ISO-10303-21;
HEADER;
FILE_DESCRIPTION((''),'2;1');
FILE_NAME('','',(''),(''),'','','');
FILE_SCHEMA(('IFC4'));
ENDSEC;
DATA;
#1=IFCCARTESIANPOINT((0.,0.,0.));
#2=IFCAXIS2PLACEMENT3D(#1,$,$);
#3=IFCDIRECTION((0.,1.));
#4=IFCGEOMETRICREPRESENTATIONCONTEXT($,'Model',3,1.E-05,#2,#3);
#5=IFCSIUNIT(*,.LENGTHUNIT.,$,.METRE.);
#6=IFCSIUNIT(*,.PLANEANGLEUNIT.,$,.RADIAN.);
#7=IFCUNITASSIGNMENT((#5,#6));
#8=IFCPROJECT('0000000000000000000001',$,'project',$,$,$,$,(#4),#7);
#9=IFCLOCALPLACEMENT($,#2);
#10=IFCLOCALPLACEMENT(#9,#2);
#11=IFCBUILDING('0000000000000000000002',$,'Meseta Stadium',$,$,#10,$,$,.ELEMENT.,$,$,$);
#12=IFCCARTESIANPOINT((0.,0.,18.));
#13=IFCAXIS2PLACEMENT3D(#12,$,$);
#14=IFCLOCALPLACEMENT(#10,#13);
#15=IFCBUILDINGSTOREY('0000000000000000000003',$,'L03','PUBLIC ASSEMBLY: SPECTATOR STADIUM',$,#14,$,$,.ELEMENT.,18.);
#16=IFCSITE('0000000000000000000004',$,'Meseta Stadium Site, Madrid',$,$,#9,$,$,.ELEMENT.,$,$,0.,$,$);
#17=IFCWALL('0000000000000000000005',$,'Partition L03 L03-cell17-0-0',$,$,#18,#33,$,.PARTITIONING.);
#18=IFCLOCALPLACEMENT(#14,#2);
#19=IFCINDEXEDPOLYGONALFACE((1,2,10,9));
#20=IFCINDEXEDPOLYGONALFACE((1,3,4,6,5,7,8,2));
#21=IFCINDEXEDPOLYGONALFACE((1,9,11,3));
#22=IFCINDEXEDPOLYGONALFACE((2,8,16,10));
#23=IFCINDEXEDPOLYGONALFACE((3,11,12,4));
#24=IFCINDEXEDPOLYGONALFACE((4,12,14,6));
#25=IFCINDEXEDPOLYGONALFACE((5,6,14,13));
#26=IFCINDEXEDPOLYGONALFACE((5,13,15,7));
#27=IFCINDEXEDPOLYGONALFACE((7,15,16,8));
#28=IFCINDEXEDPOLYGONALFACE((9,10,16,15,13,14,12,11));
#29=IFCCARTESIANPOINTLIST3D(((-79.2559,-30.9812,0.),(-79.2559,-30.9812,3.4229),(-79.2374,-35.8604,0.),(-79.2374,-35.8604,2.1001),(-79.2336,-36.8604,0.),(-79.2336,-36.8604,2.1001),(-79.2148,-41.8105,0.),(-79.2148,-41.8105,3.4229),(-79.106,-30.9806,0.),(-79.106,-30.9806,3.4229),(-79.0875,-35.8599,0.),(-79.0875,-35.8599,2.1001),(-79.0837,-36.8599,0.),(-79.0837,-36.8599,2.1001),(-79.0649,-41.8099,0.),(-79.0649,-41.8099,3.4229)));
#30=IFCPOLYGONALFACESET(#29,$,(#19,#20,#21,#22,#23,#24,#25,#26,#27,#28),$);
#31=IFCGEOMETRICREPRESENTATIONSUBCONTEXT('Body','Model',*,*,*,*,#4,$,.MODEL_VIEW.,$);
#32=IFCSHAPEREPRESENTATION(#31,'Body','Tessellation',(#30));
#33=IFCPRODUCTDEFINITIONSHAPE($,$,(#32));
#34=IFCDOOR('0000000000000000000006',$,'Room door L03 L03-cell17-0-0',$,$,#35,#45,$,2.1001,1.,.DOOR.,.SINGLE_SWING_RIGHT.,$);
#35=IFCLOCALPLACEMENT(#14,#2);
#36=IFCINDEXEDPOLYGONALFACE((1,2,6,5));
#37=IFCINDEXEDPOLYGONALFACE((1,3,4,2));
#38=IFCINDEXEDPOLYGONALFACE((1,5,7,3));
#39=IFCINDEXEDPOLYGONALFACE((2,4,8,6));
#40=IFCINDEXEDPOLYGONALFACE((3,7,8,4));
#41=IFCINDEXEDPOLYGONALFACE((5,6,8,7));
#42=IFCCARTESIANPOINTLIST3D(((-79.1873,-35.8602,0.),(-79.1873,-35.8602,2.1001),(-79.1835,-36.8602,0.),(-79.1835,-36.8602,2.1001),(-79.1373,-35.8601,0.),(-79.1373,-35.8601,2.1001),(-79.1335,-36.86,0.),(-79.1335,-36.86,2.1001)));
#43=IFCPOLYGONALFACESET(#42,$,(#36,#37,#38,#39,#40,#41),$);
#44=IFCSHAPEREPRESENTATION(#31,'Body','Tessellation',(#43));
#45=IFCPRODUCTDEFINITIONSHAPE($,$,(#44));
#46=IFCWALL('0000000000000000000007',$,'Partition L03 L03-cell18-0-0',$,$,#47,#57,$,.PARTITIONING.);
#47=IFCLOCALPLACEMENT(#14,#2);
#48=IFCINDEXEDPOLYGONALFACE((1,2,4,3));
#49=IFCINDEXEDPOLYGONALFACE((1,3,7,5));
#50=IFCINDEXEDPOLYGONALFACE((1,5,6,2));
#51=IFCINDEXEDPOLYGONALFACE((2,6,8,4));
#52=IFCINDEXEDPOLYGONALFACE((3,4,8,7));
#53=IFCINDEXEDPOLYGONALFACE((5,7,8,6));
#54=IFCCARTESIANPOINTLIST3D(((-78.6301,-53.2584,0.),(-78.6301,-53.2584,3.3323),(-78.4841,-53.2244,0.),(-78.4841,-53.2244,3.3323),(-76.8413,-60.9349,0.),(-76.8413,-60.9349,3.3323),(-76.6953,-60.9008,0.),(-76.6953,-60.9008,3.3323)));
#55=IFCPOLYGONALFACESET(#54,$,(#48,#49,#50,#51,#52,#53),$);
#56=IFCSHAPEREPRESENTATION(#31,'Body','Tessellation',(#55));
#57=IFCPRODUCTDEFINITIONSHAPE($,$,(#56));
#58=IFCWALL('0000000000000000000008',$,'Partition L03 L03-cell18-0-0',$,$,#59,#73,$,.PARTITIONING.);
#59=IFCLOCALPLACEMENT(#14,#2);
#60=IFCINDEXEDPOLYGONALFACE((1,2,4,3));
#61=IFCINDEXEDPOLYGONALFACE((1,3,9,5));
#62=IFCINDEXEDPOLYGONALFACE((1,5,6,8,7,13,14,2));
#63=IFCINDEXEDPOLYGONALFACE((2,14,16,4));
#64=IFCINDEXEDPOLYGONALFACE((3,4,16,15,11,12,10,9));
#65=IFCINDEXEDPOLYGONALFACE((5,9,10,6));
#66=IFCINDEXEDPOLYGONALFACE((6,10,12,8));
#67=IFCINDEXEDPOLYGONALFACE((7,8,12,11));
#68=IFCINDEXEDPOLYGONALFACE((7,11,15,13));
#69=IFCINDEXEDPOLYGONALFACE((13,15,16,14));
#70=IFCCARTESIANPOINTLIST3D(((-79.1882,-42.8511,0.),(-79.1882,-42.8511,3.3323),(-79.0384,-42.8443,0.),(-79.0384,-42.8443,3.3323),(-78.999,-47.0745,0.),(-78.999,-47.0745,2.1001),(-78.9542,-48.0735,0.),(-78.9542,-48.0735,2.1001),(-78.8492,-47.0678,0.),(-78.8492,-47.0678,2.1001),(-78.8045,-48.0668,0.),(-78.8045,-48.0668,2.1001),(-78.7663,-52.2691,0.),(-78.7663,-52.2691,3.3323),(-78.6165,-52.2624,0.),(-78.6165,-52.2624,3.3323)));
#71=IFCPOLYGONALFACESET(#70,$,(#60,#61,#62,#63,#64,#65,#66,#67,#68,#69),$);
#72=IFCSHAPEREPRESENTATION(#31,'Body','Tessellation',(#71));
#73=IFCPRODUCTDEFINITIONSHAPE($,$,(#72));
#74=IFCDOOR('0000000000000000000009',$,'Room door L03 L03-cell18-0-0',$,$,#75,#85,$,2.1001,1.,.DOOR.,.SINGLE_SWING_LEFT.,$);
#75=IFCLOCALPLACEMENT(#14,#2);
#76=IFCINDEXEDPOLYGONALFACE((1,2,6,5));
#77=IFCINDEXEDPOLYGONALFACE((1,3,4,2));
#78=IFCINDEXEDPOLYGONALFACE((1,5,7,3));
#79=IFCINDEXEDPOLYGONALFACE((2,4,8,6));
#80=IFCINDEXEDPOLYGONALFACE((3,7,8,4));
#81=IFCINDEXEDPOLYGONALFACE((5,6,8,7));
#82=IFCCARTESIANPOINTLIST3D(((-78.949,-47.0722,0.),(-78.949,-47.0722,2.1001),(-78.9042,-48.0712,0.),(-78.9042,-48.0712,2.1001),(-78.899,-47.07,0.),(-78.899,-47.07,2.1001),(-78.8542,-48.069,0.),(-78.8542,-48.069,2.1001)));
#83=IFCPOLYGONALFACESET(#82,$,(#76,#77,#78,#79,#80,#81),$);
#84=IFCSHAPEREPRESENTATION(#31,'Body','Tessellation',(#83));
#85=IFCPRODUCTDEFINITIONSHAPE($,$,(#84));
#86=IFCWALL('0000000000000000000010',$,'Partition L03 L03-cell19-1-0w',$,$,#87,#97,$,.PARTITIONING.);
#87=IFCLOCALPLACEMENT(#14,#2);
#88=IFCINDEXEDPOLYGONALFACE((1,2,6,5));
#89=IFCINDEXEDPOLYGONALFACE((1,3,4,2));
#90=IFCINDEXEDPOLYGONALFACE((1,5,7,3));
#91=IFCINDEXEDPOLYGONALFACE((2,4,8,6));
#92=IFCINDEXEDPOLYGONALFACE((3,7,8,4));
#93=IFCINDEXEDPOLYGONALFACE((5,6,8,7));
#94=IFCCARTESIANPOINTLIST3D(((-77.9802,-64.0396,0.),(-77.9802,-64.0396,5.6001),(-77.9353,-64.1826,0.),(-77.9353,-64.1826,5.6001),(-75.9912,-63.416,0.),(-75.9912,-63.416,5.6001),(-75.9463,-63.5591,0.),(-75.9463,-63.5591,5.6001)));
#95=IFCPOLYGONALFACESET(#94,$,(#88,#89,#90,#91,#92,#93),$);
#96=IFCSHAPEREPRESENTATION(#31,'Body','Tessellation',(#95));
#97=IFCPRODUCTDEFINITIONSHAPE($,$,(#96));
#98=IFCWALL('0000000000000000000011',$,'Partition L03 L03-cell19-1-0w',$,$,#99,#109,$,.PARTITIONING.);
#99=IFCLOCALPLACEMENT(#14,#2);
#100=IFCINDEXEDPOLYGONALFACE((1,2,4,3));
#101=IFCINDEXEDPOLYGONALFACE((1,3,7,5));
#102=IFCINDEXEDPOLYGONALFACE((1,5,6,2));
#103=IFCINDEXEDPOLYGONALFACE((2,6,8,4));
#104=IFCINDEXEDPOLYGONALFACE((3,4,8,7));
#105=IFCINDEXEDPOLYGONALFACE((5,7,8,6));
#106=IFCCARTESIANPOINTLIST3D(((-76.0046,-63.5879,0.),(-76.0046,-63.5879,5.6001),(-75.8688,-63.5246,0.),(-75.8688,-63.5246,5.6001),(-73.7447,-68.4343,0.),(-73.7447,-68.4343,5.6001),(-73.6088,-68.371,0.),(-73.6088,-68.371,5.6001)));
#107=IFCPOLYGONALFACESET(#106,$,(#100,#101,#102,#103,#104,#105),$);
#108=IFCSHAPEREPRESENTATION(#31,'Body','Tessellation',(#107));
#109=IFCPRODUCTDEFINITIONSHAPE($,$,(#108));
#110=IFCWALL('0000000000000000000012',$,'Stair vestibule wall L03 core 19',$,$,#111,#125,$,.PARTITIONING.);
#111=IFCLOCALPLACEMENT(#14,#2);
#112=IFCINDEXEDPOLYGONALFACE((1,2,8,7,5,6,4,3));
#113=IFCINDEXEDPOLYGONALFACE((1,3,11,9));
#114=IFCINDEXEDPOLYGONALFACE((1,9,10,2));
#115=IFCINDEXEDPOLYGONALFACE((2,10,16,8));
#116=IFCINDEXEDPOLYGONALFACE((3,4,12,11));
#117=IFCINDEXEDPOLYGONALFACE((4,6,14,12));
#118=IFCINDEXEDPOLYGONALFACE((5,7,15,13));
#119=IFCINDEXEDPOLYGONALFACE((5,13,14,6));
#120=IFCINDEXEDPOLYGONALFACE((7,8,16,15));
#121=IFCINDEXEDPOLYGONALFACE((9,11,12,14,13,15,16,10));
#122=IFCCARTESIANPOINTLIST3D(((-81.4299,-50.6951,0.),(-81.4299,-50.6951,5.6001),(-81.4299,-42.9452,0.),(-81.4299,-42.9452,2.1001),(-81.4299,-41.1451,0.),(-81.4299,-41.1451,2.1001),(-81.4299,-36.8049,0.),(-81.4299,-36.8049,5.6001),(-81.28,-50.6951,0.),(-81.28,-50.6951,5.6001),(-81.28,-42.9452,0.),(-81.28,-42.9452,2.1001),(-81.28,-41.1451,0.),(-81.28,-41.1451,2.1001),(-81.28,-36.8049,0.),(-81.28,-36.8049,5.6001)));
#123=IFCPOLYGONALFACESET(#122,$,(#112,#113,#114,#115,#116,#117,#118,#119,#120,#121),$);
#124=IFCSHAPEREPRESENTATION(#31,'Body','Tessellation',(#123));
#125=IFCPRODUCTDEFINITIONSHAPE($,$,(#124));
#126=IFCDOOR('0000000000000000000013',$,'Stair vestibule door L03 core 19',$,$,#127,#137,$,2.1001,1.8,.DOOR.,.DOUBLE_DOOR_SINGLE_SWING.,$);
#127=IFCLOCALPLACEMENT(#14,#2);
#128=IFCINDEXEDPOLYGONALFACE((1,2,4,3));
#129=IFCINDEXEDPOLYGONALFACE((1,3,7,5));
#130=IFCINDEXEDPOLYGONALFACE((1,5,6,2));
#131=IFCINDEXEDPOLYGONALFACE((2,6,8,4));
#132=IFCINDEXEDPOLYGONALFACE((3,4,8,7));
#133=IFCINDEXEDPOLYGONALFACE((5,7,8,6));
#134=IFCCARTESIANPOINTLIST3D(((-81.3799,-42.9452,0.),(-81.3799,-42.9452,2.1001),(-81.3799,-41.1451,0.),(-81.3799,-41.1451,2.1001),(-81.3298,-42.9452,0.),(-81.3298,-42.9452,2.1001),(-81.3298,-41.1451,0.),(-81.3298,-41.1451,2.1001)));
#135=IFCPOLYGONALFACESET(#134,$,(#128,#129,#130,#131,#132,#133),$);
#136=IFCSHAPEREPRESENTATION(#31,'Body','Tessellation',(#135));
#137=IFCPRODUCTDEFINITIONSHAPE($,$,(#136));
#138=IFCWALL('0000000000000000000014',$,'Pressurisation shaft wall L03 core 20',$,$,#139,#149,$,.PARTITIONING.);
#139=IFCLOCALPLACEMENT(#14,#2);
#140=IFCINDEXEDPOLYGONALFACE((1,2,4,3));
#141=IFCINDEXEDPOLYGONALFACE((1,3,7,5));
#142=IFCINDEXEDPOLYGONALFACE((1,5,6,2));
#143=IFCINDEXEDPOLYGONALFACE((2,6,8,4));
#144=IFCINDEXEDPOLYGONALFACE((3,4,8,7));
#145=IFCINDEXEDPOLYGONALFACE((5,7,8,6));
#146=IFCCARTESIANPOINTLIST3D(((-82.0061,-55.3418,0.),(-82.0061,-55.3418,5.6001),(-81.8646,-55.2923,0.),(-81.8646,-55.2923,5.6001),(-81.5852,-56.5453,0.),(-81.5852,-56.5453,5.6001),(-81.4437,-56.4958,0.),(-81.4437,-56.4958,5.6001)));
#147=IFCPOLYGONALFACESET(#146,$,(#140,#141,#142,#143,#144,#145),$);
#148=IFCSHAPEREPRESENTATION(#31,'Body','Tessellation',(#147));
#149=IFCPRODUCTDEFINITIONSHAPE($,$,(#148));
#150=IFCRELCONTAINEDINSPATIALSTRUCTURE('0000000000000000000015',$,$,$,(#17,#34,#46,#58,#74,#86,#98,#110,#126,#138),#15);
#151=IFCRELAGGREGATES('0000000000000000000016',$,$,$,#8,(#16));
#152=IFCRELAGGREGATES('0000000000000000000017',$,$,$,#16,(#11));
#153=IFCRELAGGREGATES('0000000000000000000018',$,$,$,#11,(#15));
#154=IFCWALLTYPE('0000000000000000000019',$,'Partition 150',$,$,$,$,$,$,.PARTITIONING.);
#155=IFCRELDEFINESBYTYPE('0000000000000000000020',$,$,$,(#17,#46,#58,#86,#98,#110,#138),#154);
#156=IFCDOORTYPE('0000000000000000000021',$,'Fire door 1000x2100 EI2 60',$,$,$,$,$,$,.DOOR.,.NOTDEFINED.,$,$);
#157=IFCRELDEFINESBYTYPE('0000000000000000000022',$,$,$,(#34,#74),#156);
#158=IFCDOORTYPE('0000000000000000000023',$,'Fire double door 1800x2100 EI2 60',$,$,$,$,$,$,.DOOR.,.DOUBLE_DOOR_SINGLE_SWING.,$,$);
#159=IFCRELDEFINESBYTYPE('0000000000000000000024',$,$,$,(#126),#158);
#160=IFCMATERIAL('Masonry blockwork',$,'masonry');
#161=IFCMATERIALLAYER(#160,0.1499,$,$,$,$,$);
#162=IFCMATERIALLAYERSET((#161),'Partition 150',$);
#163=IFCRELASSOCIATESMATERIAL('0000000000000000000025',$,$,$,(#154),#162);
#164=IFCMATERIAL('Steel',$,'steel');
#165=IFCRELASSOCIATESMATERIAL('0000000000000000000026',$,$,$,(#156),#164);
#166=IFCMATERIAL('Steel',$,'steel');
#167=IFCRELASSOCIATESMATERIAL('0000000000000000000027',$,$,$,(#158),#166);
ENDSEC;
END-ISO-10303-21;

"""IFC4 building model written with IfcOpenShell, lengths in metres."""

from ifc_helpers import new_model, si_unit, direction, frame, frame_2d, origin, place, context, subcontext, project, spatial, rectangle, extrude, material, layer, layer_set, type_object, element, fill, save


model = new_model("IFC4")

# Units and contexts
model_context = context("Model", 3, precision=1e-05, world=origin(), true_north=direction((0.0, 1.0)))
body_context = subcontext(model_context, "Body", "Model", "MODEL_VIEW")
ifc_project = project(units=[si_unit("LENGTHUNIT", "METRE"), si_unit("PLANEANGLEUNIT", "RADIAN")], contexts=[model_context])

# Site, building, storey
site_placement = place(None, origin())
site = spatial("IfcSite", under=ifc_project, at=site_placement, Name="Meseta Stadium Site, Madrid", CompositionType="ELEMENT", RefElevation=0.0)
building_placement = place(site_placement, origin())
building = spatial("IfcBuilding", under=site, at=building_placement, Name="Meseta Stadium", CompositionType="ELEMENT")
storey_placement = place(building_placement, frame((0.0, 0.0, 18.0)))
storey = spatial("IfcBuildingStorey", under=building, at=storey_placement, Name="L03", Description="PUBLIC ASSEMBLY: SPECTATOR STADIUM", CompositionType="ELEMENT", Elevation=18.0)

# Wall, opening, door
ifc_material_1 = material(Name="Masonry blockwork", Category="masonry")
ifc_layer = layer(ifc_material_1, 0.1499)
ifc_layer_set = layer_set([ifc_layer], Name="Partition 150")
wall_type = type_object("IfcWallType", Name="Partition 150", PredefinedType="PARTITIONING", material=ifc_layer_set)
wall_1_placement = place(storey_placement, frame((-79.1399, -41.8101, 0.0), z_axis=(0.0, 0.0, 1.0), x_axis=(-0.003787, 0.999993, 0.0)))
wall_1 = element("IfcWall", 1, at=wall_1_placement, inside=storey, type_object=wall_type, Name="Partition L03 L03-cell17-0-0", PredefinedType="PARTITIONING", context=body_context, shape_type="SweptSolid", body=[
    extrude(rectangle(XDim=10.8293, YDim=0.1499, at=frame_2d((5.4146, 0.0))), origin(), (0.0, 0.0, 1.0), 3.4229),
])
opening_1_placement = place(wall_1_placement, frame((4.95, 0.0, 0.0)))
opening_1 = element("IfcOpeningElement", 2, at=opening_1_placement, cuts=wall_1, PredefinedType="OPENING", context=body_context, shape_type="SweptSolid", body=[
    extrude(rectangle(XDim=1.0, YDim=2.1001, at=frame_2d((0.5, 1.05))), frame((0.0, 0.085, 0.0), z_axis=(0.0, -1.0, 0.0), x_axis=(1.0, 0.0, 0.0)), (0.0, 0.0, 1.0), 0.1699),
])
ifc_material_2 = material(Name="Steel", Category="steel")
door_type_1 = type_object("IfcDoorType", Name="Fire door 1000x2100 EI2 60", OperationType="NOTDEFINED", PredefinedType="DOOR", material=ifc_material_2)
door_1_placement = place(opening_1_placement, origin())
door_1 = element("IfcDoor", 3, at=door_1_placement, inside=storey, type_object=door_type_1, Name="Room door L03 L03-cell17-0-0", OperationType="SINGLE_SWING_RIGHT", OverallHeight=2.1001, OverallWidth=1.0, PredefinedType="DOOR", context=body_context, shape_type="SweptSolid", body=[
    extrude(rectangle(XDim=1.0, YDim=2.1001, at=frame_2d((0.5, 1.05))), frame((0.0, 0.0249, 0.0), z_axis=(0.0, -1.0, 0.0), x_axis=(1.0, 0.0, 0.0)), (0.0, 0.0, 1.0), 0.05),
])
fill(opening_1, door_1)

# Wall
wall_2_placement = place(storey_placement, frame((-76.7683, -60.9177, 0.0), z_axis=(0.0, 0.0, 1.0), x_axis=(-0.226945, 0.973908, 0.0)))
element("IfcWall", 4, at=wall_2_placement, inside=storey, type_object=wall_type, Name="Partition L03 L03-cell18-0-0", PredefinedType="PARTITIONING", context=body_context, shape_type="SweptSolid", body=[
    extrude(rectangle(XDim=7.8821, YDim=0.1499, at=frame_2d((3.9409, 0.0))), origin(), (0.0, 0.0, 1.0), 3.3323),
])

# Wall, opening, door
wall_3_placement = place(storey_placement, frame((-78.6914, -52.2659, 0.0), z_axis=(0.0, 0.0, 1.0), x_axis=(-0.04475, 0.998998, 0.0)))
wall_3 = element("IfcWall", 5, at=wall_3_placement, inside=storey, type_object=wall_type, Name="Partition L03 L03-cell18-0-0", PredefinedType="PARTITIONING", context=body_context, shape_type="SweptSolid", body=[
    extrude(rectangle(XDim=9.4275, YDim=0.1499, at=frame_2d((4.7139, 0.0))), origin(), (0.0, 0.0, 1.0), 3.3323),
])
opening_2_placement = place(wall_3_placement, frame((4.2, 0.0, 0.0)))
opening_2 = element("IfcOpeningElement", 6, at=opening_2_placement, cuts=wall_3, PredefinedType="OPENING", context=body_context, shape_type="SweptSolid", body=[
    extrude(rectangle(XDim=1.0, YDim=2.1001, at=frame_2d((0.5, 1.05))), frame((0.0, 0.085, 0.0), z_axis=(0.0, -1.0, 0.0), x_axis=(1.0, 0.0, 0.0)), (0.0, 0.0, 1.0), 0.1699),
])
door_2_placement = place(opening_2_placement, origin())
door_2 = element("IfcDoor", 7, at=door_2_placement, inside=storey, type_object=door_type_1, Name="Room door L03 L03-cell18-0-0", OperationType="SINGLE_SWING_LEFT", OverallHeight=2.1001, OverallWidth=1.0, PredefinedType="DOOR", context=body_context, shape_type="SweptSolid", body=[
    extrude(rectangle(XDim=1.0, YDim=2.1001, at=frame_2d((0.5, 1.05))), frame((0.0, 0.0249, 0.0), z_axis=(0.0, -1.0, 0.0), x_axis=(1.0, 0.0, 0.0)), (0.0, 0.0, 1.0), 0.05),
])
fill(opening_2, door_2)

# Walls
wall_4_placement = place(storey_placement, frame((-77.9578, -64.1111, 0.0), z_axis=(0.0, 0.0, 1.0), x_axis=(0.954211, 0.299135, 0.0)))
element("IfcWall", 8, at=wall_4_placement, inside=storey, type_object=wall_type, Name="Partition L03 L03-cell19-1-0w", PredefinedType="PARTITIONING", context=body_context, shape_type="SweptSolid", body=[
    extrude(rectangle(XDim=2.0845, YDim=0.1499, at=frame_2d((1.0422, 0.0))), origin(), (0.0, 0.0, 1.0), 5.6001),
])
wall_5_placement = place(storey_placement, frame((-75.9368, -63.5562, 0.0), z_axis=(0.0, 0.0, 1.0), x_axis=(0.422631, -0.906302, 0.0)))
element("IfcWall", 9, at=wall_5_placement, inside=storey, type_object=wall_type, Name="Partition L03 L03-cell19-1-0w", PredefinedType="PARTITIONING", context=body_context, shape_type="SweptSolid", body=[
    extrude(rectangle(XDim=5.3474, YDim=0.1499, at=frame_2d((2.6738, 0.0))), origin(), (0.0, 0.0, 1.0), 5.6001),
])

# Wall, opening, door
wall_6_placement = place(storey_placement, frame((-81.355, -50.6951, 0.0), z_axis=(0.0, 0.0, 1.0), x_axis=(0.0, 1.0, 0.0)))
wall_6 = element("IfcWall", 10, at=wall_6_placement, inside=storey, type_object=wall_type, Name="Stair vestibule wall L03 core 19", PredefinedType="PARTITIONING", context=body_context, shape_type="SweptSolid", body=[
    extrude(rectangle(XDim=13.8901, YDim=0.1499, at=frame_2d((6.9451, 0.0))), origin(), (0.0, 0.0, 1.0), 5.6001),
])
opening_3_placement = place(wall_6_placement, frame((7.75, 0.0, 0.0)))
opening_3 = element("IfcOpeningElement", 11, at=opening_3_placement, cuts=wall_6, PredefinedType="OPENING", context=body_context, shape_type="SweptSolid", body=[
    extrude(rectangle(XDim=1.8, YDim=2.1001, at=frame_2d((0.8999, 1.05))), frame((0.0, 0.085, 0.0), z_axis=(0.0, -1.0, 0.0), x_axis=(1.0, 0.0, 0.0)), (0.0, 0.0, 1.0), 0.1699),
])
ifc_material_3 = material(Name="Steel", Category="steel")
door_type_2 = type_object("IfcDoorType", Name="Fire double door 1800x2100 EI2 60", OperationType="DOUBLE_DOOR_SINGLE_SWING", PredefinedType="DOOR", material=ifc_material_3)
door_3_placement = place(opening_3_placement, origin())
door_3 = element("IfcDoor", 12, at=door_3_placement, inside=storey, type_object=door_type_2, Name="Stair vestibule door L03 core 19", OperationType="DOUBLE_DOOR_SINGLE_SWING", OverallHeight=2.1001, OverallWidth=1.8, PredefinedType="DOOR", context=body_context, shape_type="SweptSolid", body=[
    extrude(rectangle(XDim=1.8, YDim=2.1001, at=frame_2d((0.8999, 1.05))), frame((0.0, 0.0249, 0.0), z_axis=(0.0, -1.0, 0.0), x_axis=(1.0, 0.0, 0.0)), (0.0, 0.0, 1.0), 0.05),
])
fill(opening_3, door_3)

# Wall
wall_7_placement = place(storey_placement, frame((-81.5144, -56.5205, 0.0), z_axis=(0.0, 0.0, 1.0), x_axis=(-0.330154, 0.943927, 0.0)))
element("IfcWall", 13, at=wall_7_placement, inside=storey, type_object=wall_type, Name="Pressurisation shaft wall L03 core 20", PredefinedType="PARTITIONING", context=body_context, shape_type="SweptSolid", body=[
    extrude(rectangle(XDim=1.2749, YDim=0.1499, at=frame_2d((0.6375, 0.0))), origin(), (0.0, 0.0, 1.0), 5.6001),
])

save(model, "model.ifc")
